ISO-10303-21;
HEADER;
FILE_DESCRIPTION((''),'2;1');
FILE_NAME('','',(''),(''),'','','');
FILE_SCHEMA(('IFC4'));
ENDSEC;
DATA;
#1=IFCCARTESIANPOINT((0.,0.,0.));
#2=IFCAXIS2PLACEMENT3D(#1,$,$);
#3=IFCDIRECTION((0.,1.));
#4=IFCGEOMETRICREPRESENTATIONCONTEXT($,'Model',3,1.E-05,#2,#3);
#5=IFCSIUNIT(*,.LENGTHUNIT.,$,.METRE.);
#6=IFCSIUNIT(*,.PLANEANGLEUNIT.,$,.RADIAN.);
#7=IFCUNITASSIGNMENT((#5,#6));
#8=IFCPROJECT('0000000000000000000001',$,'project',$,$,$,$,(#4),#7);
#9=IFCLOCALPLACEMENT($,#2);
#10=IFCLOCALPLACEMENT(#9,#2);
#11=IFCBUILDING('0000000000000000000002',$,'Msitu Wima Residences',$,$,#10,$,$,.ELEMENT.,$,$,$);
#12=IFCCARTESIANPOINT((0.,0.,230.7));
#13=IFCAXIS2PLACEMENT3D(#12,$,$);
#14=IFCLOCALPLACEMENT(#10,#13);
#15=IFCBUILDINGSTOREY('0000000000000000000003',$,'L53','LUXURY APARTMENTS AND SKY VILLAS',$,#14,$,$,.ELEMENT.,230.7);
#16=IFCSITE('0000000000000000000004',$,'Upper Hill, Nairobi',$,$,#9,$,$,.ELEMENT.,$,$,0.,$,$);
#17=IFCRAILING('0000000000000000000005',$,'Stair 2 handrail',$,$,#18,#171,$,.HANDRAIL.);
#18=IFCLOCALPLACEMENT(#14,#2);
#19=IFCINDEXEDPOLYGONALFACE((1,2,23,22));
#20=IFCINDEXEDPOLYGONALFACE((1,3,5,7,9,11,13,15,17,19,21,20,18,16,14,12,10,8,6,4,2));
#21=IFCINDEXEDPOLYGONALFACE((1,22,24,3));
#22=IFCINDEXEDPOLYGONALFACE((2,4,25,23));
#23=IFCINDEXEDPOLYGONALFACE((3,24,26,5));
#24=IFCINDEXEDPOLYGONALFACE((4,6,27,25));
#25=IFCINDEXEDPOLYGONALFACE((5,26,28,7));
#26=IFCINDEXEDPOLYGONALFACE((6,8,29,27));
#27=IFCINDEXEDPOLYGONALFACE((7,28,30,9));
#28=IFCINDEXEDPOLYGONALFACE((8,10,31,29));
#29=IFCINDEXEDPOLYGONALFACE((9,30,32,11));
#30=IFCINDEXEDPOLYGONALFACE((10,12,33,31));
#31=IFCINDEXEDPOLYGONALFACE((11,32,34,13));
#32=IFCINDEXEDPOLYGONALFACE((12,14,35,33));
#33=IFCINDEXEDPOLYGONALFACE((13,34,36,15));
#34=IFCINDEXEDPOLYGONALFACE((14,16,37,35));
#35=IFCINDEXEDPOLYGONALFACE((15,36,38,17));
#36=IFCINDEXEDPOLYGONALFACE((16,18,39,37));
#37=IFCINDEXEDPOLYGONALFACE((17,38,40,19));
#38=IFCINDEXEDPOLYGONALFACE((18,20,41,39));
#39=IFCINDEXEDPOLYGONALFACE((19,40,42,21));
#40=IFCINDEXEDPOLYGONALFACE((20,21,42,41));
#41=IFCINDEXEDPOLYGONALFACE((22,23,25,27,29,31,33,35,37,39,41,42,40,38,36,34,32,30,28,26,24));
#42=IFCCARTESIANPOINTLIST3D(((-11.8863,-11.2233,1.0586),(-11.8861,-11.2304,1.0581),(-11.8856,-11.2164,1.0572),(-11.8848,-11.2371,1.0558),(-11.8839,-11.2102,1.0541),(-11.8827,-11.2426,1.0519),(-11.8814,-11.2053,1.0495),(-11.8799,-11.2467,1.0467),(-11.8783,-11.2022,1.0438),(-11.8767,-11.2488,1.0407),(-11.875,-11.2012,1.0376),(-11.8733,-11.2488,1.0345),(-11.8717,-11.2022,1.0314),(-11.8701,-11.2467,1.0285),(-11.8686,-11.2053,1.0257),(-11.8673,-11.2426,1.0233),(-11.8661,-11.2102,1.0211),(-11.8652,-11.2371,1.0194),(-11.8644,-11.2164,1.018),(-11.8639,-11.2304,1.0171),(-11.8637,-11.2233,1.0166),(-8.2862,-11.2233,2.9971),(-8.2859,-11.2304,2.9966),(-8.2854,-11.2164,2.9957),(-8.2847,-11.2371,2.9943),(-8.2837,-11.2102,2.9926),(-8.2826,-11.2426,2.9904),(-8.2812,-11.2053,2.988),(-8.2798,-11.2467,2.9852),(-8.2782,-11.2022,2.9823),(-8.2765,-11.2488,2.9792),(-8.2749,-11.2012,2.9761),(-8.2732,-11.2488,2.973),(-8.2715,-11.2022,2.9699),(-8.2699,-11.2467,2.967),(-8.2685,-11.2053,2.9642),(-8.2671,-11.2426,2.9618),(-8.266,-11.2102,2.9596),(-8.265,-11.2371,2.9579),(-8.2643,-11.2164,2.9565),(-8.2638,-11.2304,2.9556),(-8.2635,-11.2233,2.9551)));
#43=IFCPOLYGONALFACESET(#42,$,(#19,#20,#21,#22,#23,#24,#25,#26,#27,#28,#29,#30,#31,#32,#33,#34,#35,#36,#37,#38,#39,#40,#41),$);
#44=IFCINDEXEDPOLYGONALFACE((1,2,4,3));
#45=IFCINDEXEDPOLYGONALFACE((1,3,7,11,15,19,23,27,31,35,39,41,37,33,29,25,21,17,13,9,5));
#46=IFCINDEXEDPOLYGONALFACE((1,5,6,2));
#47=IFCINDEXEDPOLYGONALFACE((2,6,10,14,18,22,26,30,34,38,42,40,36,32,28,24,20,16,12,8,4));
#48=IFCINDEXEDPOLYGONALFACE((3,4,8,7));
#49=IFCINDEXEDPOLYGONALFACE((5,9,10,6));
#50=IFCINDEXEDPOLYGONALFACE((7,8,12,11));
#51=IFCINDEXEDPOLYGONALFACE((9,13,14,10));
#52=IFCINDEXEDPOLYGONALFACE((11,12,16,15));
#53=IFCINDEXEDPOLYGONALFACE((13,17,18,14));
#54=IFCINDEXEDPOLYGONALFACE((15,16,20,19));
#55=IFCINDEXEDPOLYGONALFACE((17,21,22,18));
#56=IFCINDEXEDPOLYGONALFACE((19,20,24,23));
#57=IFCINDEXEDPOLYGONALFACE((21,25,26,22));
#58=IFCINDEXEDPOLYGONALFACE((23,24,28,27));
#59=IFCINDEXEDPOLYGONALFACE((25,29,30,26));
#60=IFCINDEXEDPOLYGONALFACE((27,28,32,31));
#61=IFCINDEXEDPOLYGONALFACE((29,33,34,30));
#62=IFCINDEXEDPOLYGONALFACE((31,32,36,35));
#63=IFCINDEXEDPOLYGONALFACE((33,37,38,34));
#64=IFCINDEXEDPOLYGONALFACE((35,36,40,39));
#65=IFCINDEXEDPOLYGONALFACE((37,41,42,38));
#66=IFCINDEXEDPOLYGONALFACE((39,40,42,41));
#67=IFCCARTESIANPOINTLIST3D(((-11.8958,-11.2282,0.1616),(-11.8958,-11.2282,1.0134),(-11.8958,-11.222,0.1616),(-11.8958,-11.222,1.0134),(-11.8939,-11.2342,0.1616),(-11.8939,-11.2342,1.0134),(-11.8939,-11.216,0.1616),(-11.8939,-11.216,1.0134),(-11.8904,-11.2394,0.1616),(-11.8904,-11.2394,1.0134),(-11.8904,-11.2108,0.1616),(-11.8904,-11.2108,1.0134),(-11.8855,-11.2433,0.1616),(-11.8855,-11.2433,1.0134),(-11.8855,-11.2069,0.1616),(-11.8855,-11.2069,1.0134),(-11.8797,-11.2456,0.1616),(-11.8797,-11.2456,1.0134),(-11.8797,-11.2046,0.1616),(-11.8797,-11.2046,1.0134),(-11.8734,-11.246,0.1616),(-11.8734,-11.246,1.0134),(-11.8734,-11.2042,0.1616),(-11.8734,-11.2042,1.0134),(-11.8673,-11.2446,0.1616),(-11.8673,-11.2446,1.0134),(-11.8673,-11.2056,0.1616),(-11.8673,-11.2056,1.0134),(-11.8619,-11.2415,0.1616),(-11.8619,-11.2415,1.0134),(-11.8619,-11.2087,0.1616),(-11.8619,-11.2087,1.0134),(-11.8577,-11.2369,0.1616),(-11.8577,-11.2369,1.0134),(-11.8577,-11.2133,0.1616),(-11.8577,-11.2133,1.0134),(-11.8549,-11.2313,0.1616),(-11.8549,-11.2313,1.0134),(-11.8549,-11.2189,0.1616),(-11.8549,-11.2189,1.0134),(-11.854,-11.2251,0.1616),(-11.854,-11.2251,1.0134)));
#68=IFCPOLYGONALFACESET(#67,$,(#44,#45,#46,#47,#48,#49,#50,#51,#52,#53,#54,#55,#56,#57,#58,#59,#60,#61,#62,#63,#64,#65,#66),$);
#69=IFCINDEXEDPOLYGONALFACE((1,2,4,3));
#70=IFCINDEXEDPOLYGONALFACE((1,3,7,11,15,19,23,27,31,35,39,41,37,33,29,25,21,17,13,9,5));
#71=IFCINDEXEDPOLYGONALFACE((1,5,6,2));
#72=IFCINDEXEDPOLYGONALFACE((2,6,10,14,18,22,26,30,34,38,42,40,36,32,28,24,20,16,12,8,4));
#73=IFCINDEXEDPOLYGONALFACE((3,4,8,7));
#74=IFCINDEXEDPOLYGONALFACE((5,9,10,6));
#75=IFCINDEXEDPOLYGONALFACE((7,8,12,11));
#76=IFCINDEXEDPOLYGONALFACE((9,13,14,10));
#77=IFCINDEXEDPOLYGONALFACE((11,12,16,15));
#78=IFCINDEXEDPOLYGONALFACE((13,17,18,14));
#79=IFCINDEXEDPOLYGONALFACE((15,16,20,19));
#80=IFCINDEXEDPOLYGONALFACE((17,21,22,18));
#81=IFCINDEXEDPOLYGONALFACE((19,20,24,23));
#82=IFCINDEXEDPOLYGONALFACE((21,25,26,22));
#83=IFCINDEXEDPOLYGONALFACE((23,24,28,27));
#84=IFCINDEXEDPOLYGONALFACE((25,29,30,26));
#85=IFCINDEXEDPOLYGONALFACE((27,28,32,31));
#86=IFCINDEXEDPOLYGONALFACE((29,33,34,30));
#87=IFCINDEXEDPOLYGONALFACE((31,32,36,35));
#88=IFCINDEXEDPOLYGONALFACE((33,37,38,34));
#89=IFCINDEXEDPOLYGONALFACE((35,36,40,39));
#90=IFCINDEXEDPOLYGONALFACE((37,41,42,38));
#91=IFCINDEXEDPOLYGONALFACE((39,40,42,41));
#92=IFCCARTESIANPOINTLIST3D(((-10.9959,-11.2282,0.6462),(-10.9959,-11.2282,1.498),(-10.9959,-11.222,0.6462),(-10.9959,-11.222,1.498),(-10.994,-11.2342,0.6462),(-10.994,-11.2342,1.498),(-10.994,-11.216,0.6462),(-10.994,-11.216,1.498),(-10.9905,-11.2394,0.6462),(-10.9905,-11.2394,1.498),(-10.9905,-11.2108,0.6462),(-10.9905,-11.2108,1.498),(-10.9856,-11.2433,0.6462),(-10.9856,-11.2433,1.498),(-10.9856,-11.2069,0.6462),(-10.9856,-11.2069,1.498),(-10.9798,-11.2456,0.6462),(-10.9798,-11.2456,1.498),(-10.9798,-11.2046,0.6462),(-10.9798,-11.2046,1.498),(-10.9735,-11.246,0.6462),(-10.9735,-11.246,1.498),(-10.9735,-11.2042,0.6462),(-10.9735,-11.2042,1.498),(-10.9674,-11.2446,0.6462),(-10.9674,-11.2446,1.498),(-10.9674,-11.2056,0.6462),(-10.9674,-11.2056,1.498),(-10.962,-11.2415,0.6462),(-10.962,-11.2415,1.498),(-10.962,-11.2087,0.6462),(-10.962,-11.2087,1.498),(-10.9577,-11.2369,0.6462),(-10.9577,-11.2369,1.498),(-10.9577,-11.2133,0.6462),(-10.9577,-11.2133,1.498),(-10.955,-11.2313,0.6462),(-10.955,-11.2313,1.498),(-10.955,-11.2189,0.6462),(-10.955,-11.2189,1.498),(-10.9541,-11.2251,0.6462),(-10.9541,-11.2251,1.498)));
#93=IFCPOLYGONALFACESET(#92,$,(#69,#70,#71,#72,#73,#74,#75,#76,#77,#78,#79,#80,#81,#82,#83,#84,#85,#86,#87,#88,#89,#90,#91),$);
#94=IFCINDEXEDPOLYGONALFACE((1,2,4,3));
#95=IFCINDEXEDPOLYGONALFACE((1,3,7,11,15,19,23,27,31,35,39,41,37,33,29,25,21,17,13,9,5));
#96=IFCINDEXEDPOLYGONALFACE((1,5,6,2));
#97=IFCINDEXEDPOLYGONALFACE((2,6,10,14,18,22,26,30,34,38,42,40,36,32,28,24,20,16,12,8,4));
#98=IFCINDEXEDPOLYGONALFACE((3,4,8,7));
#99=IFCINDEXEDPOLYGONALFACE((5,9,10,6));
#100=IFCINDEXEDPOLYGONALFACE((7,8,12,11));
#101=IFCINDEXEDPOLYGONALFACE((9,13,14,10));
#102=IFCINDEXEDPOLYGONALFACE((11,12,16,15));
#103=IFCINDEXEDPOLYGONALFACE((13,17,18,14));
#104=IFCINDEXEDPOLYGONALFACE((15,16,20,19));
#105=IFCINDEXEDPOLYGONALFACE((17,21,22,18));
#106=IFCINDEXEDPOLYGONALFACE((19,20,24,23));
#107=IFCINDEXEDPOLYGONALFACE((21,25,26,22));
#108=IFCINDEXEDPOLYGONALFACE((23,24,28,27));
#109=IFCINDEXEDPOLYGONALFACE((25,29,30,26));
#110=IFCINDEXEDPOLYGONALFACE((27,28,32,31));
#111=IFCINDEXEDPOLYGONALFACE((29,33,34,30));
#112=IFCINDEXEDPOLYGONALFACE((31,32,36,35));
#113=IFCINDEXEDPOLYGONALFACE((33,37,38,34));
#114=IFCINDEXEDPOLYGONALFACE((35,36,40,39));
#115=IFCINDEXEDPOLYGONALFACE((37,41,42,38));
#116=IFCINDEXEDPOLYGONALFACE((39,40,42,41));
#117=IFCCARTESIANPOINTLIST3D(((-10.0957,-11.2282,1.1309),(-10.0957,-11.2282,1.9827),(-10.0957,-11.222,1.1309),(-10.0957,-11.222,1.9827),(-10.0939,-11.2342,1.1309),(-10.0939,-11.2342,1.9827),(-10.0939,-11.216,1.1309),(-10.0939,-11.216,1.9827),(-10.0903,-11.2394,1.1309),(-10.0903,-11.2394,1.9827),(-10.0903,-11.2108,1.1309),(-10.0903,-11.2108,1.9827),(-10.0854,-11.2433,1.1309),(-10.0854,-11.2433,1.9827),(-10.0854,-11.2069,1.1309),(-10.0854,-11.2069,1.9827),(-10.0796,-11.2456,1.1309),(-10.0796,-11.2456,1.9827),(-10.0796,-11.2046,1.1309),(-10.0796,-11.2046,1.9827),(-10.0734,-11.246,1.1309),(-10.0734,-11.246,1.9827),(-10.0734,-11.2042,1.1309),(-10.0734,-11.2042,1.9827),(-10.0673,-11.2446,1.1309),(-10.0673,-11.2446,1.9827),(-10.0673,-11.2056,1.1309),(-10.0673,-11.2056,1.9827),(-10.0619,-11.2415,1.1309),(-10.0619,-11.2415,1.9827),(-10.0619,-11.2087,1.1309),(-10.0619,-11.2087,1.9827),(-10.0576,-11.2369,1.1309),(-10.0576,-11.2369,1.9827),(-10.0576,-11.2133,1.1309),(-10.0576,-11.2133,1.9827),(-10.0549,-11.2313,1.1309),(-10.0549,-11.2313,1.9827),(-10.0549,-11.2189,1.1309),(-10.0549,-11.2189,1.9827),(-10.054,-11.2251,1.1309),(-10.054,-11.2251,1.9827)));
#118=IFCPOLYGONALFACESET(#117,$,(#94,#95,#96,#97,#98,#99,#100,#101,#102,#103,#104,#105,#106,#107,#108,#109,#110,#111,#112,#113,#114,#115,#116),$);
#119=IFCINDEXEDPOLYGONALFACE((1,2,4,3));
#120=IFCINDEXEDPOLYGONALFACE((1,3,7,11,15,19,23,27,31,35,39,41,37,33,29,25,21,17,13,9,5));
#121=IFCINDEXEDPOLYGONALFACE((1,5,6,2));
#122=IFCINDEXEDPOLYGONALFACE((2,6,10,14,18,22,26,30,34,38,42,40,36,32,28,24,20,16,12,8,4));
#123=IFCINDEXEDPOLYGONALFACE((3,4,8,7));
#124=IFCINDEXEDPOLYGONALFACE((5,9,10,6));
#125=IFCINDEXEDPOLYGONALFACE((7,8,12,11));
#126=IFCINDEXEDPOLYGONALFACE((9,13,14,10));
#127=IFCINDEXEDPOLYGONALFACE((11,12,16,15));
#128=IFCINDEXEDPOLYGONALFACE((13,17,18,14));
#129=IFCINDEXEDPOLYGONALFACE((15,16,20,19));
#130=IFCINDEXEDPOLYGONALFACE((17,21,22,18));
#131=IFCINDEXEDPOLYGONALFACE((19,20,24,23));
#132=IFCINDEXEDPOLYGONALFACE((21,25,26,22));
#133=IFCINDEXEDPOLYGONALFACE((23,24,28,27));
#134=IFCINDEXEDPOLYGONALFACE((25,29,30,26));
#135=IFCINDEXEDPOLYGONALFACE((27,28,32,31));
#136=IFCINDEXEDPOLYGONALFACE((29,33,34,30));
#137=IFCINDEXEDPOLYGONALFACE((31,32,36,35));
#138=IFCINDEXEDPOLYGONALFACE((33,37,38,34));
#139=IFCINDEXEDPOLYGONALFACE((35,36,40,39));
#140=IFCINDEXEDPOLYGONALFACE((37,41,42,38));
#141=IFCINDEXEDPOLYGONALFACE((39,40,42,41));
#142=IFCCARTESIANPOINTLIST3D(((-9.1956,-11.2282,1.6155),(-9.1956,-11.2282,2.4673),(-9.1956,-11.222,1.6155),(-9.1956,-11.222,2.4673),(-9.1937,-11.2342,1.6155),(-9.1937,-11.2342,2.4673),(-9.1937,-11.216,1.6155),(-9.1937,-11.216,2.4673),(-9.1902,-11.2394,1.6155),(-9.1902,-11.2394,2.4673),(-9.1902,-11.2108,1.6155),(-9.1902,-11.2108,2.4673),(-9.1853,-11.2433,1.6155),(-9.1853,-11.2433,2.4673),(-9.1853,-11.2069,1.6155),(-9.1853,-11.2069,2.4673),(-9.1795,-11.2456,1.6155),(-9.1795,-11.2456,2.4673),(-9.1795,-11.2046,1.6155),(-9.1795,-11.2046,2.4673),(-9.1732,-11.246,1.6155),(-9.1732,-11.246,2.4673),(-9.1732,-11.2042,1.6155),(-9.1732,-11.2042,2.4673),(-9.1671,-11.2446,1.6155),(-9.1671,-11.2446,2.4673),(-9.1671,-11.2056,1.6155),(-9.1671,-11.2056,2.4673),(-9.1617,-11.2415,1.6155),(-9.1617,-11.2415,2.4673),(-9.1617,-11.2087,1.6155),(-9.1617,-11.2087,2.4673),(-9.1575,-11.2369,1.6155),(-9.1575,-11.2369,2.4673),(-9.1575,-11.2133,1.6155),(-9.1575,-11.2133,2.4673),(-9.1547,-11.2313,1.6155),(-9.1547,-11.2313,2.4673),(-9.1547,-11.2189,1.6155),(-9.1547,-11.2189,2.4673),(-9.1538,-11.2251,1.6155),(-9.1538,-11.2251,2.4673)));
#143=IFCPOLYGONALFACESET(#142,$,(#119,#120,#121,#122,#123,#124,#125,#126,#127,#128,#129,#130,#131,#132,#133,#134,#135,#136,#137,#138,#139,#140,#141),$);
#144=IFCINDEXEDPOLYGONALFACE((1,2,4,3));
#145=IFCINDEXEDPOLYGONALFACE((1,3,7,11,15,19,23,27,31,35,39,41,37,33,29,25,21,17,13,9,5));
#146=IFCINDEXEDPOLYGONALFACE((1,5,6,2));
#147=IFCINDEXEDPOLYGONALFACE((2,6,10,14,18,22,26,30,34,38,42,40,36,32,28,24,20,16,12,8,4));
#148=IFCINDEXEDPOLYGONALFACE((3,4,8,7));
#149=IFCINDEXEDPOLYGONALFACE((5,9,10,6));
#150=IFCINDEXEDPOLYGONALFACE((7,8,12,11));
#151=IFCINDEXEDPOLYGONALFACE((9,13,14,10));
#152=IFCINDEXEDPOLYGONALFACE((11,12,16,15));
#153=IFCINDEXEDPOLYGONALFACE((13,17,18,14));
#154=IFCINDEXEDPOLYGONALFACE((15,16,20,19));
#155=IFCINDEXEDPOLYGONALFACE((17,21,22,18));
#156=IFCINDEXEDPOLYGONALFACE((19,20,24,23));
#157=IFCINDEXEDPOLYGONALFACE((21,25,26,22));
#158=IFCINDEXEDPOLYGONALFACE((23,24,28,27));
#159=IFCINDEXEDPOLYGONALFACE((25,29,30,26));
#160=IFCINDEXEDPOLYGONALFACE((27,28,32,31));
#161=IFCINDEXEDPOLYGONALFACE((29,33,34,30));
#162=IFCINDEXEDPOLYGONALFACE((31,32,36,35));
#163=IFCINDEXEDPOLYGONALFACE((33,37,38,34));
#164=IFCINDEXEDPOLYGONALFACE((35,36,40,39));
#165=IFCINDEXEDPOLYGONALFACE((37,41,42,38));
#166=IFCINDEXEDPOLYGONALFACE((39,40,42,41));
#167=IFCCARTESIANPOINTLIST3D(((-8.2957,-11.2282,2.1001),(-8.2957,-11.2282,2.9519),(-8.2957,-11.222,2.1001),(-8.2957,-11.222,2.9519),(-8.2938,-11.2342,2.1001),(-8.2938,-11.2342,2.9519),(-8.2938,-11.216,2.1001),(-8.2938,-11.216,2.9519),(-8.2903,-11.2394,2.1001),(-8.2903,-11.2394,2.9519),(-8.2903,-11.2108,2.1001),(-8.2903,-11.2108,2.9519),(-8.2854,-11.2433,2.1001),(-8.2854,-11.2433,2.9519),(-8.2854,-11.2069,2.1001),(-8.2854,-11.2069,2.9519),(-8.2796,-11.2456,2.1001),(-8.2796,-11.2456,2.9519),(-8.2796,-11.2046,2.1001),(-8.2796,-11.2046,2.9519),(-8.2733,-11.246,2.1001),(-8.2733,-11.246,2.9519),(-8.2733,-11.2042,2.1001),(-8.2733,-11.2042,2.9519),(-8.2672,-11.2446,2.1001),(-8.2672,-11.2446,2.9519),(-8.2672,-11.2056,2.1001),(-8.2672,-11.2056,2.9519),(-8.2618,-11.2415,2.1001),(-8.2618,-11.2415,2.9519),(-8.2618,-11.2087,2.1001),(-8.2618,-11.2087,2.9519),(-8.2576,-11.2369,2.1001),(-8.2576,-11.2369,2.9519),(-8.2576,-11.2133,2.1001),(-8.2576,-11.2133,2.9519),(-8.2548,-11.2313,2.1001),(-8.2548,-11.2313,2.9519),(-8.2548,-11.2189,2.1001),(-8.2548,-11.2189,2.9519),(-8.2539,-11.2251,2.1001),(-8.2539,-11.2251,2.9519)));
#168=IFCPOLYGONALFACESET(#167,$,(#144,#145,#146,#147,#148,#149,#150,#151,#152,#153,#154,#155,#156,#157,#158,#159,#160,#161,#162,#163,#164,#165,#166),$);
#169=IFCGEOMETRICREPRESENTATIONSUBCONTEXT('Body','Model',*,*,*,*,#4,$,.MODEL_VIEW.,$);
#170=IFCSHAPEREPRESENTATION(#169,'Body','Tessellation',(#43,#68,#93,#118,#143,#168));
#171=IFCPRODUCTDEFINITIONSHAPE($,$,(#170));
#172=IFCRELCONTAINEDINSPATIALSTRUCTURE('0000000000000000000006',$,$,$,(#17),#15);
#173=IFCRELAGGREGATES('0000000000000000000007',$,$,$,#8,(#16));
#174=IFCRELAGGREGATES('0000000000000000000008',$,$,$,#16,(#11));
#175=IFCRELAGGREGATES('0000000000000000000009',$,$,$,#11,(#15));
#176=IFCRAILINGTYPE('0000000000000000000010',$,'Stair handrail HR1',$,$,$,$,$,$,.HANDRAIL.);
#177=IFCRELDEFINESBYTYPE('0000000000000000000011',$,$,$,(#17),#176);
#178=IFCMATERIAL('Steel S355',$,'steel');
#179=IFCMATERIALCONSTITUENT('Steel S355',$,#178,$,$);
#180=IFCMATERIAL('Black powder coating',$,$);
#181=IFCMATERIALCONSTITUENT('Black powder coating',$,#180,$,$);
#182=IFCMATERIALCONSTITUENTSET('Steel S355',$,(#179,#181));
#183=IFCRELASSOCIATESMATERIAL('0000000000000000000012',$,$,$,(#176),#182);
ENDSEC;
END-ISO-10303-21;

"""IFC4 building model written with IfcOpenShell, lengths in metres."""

from ifc_helpers import new_model, si_unit, direction, frame, origin, origin_2d, place, context, subcontext, project, spatial, circle, extrude, material, constituent, constituent_set, type_object, element, save


model = new_model("IFC4")

# Units and contexts
model_context = context("Model", 3, precision=1e-05, world=origin(), true_north=direction((0.0, 1.0)))
body_context = subcontext(model_context, "Body", "Model", "MODEL_VIEW")
ifc_project = project(units=[si_unit("LENGTHUNIT", "METRE"), si_unit("PLANEANGLEUNIT", "RADIAN")], contexts=[model_context])

# Site, building, storey
site_placement = place(None, origin())
site = spatial("IfcSite", under=ifc_project, at=site_placement, Name="Upper Hill, Nairobi", CompositionType="ELEMENT", RefElevation=0.0)
building_placement = place(site_placement, origin())
building = spatial("IfcBuilding", under=site, at=building_placement, Name="Msitu Wima Residences", CompositionType="ELEMENT")
storey_placement = place(building_placement, frame((0.0, 0.0, 230.7)))
storey = spatial("IfcBuildingStorey", under=building, at=storey_placement, Name="L53", Description="LUXURY APARTMENTS AND SKY VILLAS", CompositionType="ELEMENT", Elevation=230.7)

# Railing
ifc_material_1 = material(Name="Steel S355", Category="steel")
ifc_constituent_1 = constituent(ifc_material_1, Name="Steel S355")
ifc_material_2 = material(Name="Black powder coating")
ifc_constituent_2 = constituent(ifc_material_2, Name="Black powder coating")
ifc_constituent_set = constituent_set(constituents=[ifc_constituent_1, ifc_constituent_2], Name="Steel S355")
railing_type = type_object("IfcRailingType", Name="Stair handrail HR1", PredefinedType="HANDRAIL", material=ifc_constituent_set)
for number, where, name in (
    (1, (-11.875, -11.2251, 0.1616), "Stair 2 handrail"),
):
    element("IfcRailing", number, at=place(storey_placement, frame(where)), inside=storey, type_object=railing_type, Name=name, PredefinedType="HANDRAIL", context=body_context, shape_type="SweptSolid", body=[
        extrude(circle(Radius=0.0239, at=origin_2d()), frame((0.0, 0.0, 0.876), z_axis=(0.880475, 0.0, 0.474093), x_axis=(0.0, 1.0, 0.0)), (0.0, 0.0, 1.0), 4.0889),
        extrude(circle(Radius=0.021, at=origin_2d()), origin(), (0.0, 0.0, 1.0), 0.8518),
        extrude(circle(Radius=0.021, at=origin_2d()), frame((0.8999, 0.0, 0.4846)), (0.0, 0.0, 1.0), 0.8518),
        extrude(circle(Radius=0.021, at=origin_2d()), frame((1.8, 0.0, 0.9692)), (0.0, 0.0, 1.0), 0.8518),
        extrude(circle(Radius=0.021, at=origin_2d()), frame((2.7002, 0.0, 1.4539)), (0.0, 0.0, 1.0), 0.8518),
        extrude(circle(Radius=0.021, at=origin_2d()), frame((3.6001, 0.0, 1.9385)), (0.0, 0.0, 1.0), 0.8518),
    ])

save(model, "model.ifc")
